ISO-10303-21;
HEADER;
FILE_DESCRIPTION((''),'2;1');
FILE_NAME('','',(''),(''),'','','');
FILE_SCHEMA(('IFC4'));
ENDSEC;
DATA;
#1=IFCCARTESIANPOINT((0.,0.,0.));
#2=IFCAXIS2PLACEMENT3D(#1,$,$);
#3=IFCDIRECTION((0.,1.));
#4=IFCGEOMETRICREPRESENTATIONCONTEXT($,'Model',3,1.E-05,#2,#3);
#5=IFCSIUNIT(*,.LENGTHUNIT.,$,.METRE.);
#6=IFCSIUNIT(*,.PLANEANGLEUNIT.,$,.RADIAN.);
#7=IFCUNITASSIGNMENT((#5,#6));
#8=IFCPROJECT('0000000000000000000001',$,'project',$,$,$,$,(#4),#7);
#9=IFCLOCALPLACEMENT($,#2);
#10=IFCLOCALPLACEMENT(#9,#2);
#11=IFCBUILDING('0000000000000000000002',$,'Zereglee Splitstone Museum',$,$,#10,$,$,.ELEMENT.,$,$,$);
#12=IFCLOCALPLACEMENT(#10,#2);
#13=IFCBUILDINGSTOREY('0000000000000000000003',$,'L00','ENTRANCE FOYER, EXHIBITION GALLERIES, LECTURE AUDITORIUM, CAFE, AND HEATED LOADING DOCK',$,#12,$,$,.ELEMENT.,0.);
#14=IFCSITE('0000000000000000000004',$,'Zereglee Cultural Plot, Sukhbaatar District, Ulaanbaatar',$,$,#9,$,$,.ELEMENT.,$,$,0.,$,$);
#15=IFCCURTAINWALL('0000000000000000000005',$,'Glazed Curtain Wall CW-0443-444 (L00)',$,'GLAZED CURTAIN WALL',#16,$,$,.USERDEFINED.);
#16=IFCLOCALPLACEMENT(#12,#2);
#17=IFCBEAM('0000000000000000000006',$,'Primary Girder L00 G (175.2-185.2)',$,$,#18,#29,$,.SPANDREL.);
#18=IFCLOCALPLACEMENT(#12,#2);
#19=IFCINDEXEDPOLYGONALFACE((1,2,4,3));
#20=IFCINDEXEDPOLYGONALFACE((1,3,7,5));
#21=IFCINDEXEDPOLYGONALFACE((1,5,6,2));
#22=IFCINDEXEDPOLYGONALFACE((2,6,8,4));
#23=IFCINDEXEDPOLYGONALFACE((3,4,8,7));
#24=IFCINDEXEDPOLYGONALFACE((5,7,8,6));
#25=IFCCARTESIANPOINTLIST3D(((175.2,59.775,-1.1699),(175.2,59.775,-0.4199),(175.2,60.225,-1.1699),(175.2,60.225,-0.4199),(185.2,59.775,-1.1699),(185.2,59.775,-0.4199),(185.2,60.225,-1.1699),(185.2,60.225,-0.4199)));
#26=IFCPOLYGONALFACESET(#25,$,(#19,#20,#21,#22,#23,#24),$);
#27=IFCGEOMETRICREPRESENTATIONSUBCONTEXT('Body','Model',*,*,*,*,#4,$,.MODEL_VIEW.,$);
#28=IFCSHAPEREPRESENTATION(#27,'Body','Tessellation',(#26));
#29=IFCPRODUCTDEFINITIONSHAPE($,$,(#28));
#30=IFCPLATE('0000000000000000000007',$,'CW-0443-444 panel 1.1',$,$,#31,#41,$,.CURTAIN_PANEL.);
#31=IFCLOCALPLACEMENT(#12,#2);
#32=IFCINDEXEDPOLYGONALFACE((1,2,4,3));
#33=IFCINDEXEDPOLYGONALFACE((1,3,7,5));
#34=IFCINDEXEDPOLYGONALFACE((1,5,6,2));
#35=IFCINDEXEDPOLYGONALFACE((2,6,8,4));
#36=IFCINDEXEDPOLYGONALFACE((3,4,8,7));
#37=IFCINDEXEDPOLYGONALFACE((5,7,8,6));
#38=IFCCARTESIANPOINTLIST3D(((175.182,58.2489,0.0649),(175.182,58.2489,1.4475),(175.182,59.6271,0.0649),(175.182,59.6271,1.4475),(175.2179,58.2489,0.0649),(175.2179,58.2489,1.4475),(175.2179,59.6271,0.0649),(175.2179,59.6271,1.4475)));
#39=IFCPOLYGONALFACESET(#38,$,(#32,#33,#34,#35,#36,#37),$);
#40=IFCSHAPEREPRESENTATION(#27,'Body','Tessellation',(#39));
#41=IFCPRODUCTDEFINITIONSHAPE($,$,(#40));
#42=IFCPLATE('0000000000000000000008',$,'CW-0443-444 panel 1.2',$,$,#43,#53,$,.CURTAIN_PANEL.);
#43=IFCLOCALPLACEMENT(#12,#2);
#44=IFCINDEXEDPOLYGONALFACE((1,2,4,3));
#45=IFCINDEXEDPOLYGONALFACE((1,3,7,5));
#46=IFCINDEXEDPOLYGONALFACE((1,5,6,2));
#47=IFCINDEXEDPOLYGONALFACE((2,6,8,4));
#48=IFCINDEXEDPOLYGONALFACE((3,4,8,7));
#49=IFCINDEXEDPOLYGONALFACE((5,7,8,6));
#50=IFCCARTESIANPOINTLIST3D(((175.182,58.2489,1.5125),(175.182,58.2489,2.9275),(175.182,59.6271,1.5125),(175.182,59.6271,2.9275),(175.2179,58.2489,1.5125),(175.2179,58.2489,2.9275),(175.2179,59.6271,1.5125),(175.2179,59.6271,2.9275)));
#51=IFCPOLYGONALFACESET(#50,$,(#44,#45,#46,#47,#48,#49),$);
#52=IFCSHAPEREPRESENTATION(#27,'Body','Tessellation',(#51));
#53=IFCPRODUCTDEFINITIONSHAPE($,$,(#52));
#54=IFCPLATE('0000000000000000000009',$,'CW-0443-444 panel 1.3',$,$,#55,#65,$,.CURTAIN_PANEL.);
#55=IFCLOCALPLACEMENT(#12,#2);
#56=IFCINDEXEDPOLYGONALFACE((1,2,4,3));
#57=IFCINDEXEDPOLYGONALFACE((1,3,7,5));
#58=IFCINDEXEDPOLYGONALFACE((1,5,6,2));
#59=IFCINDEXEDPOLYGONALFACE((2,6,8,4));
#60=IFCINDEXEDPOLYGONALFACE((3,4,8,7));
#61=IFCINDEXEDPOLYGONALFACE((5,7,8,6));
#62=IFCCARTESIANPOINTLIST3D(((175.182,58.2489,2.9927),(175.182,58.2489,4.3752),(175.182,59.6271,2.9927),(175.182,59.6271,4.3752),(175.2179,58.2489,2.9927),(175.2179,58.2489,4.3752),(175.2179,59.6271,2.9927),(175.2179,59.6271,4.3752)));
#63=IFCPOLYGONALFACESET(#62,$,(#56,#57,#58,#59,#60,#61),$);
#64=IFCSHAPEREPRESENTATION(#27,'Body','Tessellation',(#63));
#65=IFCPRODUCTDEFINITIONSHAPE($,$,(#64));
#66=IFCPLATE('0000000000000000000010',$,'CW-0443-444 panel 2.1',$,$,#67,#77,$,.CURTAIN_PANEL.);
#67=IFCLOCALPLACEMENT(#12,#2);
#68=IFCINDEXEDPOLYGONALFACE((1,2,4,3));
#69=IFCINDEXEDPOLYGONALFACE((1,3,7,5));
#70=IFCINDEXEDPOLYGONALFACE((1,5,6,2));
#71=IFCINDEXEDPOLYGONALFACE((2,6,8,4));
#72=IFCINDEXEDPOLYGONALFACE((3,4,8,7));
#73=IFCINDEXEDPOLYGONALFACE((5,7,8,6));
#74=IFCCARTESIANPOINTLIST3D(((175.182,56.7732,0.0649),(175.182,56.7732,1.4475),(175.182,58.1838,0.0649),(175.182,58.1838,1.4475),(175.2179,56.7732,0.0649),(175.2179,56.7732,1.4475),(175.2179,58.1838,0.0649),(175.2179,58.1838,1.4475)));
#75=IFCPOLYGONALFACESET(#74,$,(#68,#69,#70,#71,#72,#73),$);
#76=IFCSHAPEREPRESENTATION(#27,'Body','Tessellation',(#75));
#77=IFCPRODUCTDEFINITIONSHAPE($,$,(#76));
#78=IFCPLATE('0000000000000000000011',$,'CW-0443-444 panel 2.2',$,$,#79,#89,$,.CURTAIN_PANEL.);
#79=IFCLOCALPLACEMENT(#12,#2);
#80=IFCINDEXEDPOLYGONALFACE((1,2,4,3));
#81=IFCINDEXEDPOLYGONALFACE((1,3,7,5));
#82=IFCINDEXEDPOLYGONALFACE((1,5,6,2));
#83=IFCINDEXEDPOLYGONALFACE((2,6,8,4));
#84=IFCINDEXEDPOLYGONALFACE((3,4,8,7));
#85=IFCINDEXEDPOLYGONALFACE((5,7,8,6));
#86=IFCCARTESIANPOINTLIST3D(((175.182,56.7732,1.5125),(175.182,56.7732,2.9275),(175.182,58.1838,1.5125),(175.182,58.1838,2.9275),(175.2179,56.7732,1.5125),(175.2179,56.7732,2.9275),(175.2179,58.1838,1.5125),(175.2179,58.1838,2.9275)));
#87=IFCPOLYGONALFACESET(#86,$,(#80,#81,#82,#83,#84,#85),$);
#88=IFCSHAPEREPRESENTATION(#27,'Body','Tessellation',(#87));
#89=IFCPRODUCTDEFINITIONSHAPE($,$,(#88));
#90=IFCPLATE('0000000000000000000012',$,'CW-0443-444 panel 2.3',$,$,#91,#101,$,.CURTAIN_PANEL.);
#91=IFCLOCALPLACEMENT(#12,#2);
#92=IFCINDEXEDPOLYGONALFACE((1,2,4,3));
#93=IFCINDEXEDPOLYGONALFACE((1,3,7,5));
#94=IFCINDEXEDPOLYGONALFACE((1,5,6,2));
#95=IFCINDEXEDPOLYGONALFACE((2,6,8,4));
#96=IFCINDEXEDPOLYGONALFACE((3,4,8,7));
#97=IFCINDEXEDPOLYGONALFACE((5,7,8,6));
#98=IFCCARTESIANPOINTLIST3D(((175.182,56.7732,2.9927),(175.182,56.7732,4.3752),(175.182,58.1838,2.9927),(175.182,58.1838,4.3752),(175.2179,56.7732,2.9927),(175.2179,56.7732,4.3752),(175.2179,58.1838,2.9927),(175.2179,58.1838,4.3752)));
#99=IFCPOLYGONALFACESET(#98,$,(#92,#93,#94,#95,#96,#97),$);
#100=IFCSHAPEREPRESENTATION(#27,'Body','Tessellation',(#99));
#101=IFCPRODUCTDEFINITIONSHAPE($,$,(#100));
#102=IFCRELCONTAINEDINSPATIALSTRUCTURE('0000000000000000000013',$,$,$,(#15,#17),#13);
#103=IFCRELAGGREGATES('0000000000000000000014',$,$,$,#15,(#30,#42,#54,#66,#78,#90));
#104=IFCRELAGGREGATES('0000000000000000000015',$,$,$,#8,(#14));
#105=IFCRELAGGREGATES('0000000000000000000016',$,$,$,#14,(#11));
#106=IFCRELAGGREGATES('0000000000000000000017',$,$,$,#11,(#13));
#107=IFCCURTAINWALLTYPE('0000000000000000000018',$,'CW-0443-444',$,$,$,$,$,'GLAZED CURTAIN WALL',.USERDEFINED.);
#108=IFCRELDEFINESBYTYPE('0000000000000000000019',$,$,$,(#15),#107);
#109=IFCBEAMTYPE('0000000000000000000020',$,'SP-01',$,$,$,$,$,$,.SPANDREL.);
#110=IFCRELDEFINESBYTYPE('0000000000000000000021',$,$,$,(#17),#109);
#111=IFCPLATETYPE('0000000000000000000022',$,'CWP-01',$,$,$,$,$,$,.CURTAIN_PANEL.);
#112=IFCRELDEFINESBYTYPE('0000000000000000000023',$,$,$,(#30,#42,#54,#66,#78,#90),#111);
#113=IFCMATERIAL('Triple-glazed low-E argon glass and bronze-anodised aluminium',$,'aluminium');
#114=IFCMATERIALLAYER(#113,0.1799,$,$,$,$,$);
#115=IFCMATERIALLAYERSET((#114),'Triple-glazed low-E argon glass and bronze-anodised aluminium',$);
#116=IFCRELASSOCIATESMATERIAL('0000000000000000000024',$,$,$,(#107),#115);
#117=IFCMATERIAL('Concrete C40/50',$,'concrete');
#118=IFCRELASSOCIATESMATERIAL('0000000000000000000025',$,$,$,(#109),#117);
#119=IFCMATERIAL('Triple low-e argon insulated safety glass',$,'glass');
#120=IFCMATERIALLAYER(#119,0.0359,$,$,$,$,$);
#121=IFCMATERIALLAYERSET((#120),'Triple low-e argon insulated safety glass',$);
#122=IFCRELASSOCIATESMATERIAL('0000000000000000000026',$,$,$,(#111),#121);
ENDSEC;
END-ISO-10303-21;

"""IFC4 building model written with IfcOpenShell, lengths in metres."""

from ifc_helpers import new_model, si_unit, direction, frame, origin, origin_2d, place, context, subcontext, project, spatial, rectangle, extrude, material, layer, layer_set, material_profile, profile_set, type_object, element, aggregate, save


model = new_model("IFC4")

# Units and contexts
model_context = context("Model", 3, precision=1e-05, world=origin(), true_north=direction((0.0, 1.0)))
body_context = subcontext(model_context, "Body", "Model", "MODEL_VIEW")
ifc_project = project(units=[si_unit("LENGTHUNIT", "METRE"), si_unit("PLANEANGLEUNIT", "RADIAN")], contexts=[model_context])

# Site, building, storey
site_placement = place(None, origin())
site = spatial("IfcSite", under=ifc_project, at=site_placement, Name="Zereglee Cultural Plot, Sukhbaatar District, Ulaanbaatar", CompositionType="ELEMENT", RefElevation=0.0)
building_placement = place(site_placement, origin())
building = spatial("IfcBuilding", under=site, at=building_placement, Name="Zereglee Splitstone Museum", CompositionType="ELEMENT")
storey_placement = place(building_placement, origin())
storey = spatial("IfcBuildingStorey", under=building, at=storey_placement, Name="L00", Description="ENTRANCE FOYER, EXHIBITION GALLERIES, LECTURE AUDITORIUM, CAFE, AND HEATED LOADING DOCK", CompositionType="ELEMENT", Elevation=0.0)

# Curtain wall
ifc_material_1 = material(Name="Triple-glazed low-E argon glass and bronze-anodised aluminium", Category="aluminium")
ifc_layer_1 = layer(ifc_material_1, 0.1799)
ifc_layer_set_1 = layer_set([ifc_layer_1], Name="Triple-glazed low-E argon glass and bronze-anodised aluminium")
curtain_wall_type = type_object("IfcCurtainWallType", Name="CW-0443-444", ElementType="GLAZED CURTAIN WALL", PredefinedType="USERDEFINED", material=ifc_layer_set_1)
curtain_wall_placement = place(storey_placement, origin())
curtain_wall = element("IfcCurtainWall", 1, at=curtain_wall_placement, inside=storey, type_object=curtain_wall_type, Name="Glazed Curtain Wall CW-0443-444 (L00)", ObjectType="GLAZED CURTAIN WALL", PredefinedType="USERDEFINED")

# Beam
ifc_material_2 = material(Name="Concrete C40/50", Category="concrete")
ifc_material_profile_1 = material_profile(ifc_material_2, rectangle(XDim=0.45, YDim=0.75, at=origin_2d()), Name="RC 450x750")
ifc_profile_set_1 = profile_set([ifc_material_profile_1], Name="Concrete C40/50")
beam_type = type_object("IfcBeamType", Name="SP-01", PredefinedType="SPANDREL", material=ifc_profile_set_1)
beam_placement = place(storey_placement, frame((175.2, 60.0, -0.7949), z_axis=(1.0, 0.0, 0.0), x_axis=(0.0, 1.0, 0.0)))
element("IfcBeam", 2, at=beam_placement, inside=storey, type_object=beam_type, Name="Primary Girder L00 G (175.2-185.2)", PredefinedType="SPANDREL", context=body_context, shape_type="SweptSolid", body=[
    extrude(rectangle(XDim=0.45, YDim=0.75, at=origin_2d()), origin(), (0.0, 0.0, 1.0), 10.0),
])

# Plates
ifc_material_3 = material(Name="Triple low-e argon insulated safety glass", Category="glass")
ifc_layer_2 = layer(ifc_material_3, 0.0359)
ifc_layer_set_2 = layer_set([ifc_layer_2], Name="Triple low-e argon insulated safety glass")
plate_type = type_object("IfcPlateType", Name="CWP-01", PredefinedType="CURTAIN_PANEL", material=ifc_layer_set_2)
plate_1_placement = place(storey_placement, frame((175.2, 58.938, 0.0649), z_axis=(0.0, 0.0, 1.0), x_axis=(0.0, -1.0, 0.0)))
plate_1 = element("IfcPlate", 3, at=plate_1_placement, type_object=plate_type, Name="CW-0443-444 panel 1.1", PredefinedType="CURTAIN_PANEL", context=body_context, shape_type="SweptSolid", body=[
    extrude(rectangle(XDim=1.3782, YDim=0.0359, at=origin_2d()), origin(), (0.0, 0.0, 1.0), 1.3826),
])
plate_2_placement = place(storey_placement, frame((175.2, 58.938, 1.5125), z_axis=(0.0, 0.0, 1.0), x_axis=(0.0, -1.0, 0.0)))
plate_2 = element("IfcPlate", 4, at=plate_2_placement, type_object=plate_type, Name="CW-0443-444 panel 1.2", PredefinedType="CURTAIN_PANEL", context=body_context, shape_type="SweptSolid", body=[
    extrude(rectangle(XDim=1.3782, YDim=0.0359, at=origin_2d()), origin(), (0.0, 0.0, 1.0), 1.415),
])
plate_3_placement = place(storey_placement, frame((175.2, 58.938, 2.9927), z_axis=(0.0, 0.0, 1.0), x_axis=(0.0, -1.0, 0.0)))
plate_3 = element("IfcPlate", 5, at=plate_3_placement, type_object=plate_type, Name="CW-0443-444 panel 1.3", PredefinedType="CURTAIN_PANEL", context=body_context, shape_type="SweptSolid", body=[
    extrude(rectangle(XDim=1.3782, YDim=0.0359, at=origin_2d()), origin(), (0.0, 0.0, 1.0), 1.3826),
])
plate_4_placement = place(storey_placement, frame((175.2, 57.4785, 0.0649), z_axis=(0.0, 0.0, 1.0), x_axis=(0.0, -1.0, 0.0)))
plate_4 = element("IfcPlate", 6, at=plate_4_placement, type_object=plate_type, Name="CW-0443-444 panel 2.1", PredefinedType="CURTAIN_PANEL", context=body_context, shape_type="SweptSolid", body=[
    extrude(rectangle(XDim=1.4106, YDim=0.0359, at=origin_2d()), origin(), (0.0, 0.0, 1.0), 1.3826),
])
plate_5_placement = place(storey_placement, frame((175.2, 57.4785, 1.5125), z_axis=(0.0, 0.0, 1.0), x_axis=(0.0, -1.0, 0.0)))
plate_5 = element("IfcPlate", 7, at=plate_5_placement, type_object=plate_type, Name="CW-0443-444 panel 2.2", PredefinedType="CURTAIN_PANEL", context=body_context, shape_type="SweptSolid", body=[
    extrude(rectangle(XDim=1.4106, YDim=0.0359, at=origin_2d()), origin(), (0.0, 0.0, 1.0), 1.415),
])
plate_6_placement = place(storey_placement, frame((175.2, 57.4785, 2.9927), z_axis=(0.0, 0.0, 1.0), x_axis=(0.0, -1.0, 0.0)))
plate_6 = element("IfcPlate", 8, at=plate_6_placement, type_object=plate_type, Name="CW-0443-444 panel 2.3", PredefinedType="CURTAIN_PANEL", context=body_context, shape_type="SweptSolid", body=[
    extrude(rectangle(XDim=1.4106, YDim=0.0359, at=origin_2d()), origin(), (0.0, 0.0, 1.0), 1.3826),
])
aggregate(curtain_wall, [plate_1, plate_2, plate_3, plate_4, plate_5, plate_6])

save(model, "model.ifc")
